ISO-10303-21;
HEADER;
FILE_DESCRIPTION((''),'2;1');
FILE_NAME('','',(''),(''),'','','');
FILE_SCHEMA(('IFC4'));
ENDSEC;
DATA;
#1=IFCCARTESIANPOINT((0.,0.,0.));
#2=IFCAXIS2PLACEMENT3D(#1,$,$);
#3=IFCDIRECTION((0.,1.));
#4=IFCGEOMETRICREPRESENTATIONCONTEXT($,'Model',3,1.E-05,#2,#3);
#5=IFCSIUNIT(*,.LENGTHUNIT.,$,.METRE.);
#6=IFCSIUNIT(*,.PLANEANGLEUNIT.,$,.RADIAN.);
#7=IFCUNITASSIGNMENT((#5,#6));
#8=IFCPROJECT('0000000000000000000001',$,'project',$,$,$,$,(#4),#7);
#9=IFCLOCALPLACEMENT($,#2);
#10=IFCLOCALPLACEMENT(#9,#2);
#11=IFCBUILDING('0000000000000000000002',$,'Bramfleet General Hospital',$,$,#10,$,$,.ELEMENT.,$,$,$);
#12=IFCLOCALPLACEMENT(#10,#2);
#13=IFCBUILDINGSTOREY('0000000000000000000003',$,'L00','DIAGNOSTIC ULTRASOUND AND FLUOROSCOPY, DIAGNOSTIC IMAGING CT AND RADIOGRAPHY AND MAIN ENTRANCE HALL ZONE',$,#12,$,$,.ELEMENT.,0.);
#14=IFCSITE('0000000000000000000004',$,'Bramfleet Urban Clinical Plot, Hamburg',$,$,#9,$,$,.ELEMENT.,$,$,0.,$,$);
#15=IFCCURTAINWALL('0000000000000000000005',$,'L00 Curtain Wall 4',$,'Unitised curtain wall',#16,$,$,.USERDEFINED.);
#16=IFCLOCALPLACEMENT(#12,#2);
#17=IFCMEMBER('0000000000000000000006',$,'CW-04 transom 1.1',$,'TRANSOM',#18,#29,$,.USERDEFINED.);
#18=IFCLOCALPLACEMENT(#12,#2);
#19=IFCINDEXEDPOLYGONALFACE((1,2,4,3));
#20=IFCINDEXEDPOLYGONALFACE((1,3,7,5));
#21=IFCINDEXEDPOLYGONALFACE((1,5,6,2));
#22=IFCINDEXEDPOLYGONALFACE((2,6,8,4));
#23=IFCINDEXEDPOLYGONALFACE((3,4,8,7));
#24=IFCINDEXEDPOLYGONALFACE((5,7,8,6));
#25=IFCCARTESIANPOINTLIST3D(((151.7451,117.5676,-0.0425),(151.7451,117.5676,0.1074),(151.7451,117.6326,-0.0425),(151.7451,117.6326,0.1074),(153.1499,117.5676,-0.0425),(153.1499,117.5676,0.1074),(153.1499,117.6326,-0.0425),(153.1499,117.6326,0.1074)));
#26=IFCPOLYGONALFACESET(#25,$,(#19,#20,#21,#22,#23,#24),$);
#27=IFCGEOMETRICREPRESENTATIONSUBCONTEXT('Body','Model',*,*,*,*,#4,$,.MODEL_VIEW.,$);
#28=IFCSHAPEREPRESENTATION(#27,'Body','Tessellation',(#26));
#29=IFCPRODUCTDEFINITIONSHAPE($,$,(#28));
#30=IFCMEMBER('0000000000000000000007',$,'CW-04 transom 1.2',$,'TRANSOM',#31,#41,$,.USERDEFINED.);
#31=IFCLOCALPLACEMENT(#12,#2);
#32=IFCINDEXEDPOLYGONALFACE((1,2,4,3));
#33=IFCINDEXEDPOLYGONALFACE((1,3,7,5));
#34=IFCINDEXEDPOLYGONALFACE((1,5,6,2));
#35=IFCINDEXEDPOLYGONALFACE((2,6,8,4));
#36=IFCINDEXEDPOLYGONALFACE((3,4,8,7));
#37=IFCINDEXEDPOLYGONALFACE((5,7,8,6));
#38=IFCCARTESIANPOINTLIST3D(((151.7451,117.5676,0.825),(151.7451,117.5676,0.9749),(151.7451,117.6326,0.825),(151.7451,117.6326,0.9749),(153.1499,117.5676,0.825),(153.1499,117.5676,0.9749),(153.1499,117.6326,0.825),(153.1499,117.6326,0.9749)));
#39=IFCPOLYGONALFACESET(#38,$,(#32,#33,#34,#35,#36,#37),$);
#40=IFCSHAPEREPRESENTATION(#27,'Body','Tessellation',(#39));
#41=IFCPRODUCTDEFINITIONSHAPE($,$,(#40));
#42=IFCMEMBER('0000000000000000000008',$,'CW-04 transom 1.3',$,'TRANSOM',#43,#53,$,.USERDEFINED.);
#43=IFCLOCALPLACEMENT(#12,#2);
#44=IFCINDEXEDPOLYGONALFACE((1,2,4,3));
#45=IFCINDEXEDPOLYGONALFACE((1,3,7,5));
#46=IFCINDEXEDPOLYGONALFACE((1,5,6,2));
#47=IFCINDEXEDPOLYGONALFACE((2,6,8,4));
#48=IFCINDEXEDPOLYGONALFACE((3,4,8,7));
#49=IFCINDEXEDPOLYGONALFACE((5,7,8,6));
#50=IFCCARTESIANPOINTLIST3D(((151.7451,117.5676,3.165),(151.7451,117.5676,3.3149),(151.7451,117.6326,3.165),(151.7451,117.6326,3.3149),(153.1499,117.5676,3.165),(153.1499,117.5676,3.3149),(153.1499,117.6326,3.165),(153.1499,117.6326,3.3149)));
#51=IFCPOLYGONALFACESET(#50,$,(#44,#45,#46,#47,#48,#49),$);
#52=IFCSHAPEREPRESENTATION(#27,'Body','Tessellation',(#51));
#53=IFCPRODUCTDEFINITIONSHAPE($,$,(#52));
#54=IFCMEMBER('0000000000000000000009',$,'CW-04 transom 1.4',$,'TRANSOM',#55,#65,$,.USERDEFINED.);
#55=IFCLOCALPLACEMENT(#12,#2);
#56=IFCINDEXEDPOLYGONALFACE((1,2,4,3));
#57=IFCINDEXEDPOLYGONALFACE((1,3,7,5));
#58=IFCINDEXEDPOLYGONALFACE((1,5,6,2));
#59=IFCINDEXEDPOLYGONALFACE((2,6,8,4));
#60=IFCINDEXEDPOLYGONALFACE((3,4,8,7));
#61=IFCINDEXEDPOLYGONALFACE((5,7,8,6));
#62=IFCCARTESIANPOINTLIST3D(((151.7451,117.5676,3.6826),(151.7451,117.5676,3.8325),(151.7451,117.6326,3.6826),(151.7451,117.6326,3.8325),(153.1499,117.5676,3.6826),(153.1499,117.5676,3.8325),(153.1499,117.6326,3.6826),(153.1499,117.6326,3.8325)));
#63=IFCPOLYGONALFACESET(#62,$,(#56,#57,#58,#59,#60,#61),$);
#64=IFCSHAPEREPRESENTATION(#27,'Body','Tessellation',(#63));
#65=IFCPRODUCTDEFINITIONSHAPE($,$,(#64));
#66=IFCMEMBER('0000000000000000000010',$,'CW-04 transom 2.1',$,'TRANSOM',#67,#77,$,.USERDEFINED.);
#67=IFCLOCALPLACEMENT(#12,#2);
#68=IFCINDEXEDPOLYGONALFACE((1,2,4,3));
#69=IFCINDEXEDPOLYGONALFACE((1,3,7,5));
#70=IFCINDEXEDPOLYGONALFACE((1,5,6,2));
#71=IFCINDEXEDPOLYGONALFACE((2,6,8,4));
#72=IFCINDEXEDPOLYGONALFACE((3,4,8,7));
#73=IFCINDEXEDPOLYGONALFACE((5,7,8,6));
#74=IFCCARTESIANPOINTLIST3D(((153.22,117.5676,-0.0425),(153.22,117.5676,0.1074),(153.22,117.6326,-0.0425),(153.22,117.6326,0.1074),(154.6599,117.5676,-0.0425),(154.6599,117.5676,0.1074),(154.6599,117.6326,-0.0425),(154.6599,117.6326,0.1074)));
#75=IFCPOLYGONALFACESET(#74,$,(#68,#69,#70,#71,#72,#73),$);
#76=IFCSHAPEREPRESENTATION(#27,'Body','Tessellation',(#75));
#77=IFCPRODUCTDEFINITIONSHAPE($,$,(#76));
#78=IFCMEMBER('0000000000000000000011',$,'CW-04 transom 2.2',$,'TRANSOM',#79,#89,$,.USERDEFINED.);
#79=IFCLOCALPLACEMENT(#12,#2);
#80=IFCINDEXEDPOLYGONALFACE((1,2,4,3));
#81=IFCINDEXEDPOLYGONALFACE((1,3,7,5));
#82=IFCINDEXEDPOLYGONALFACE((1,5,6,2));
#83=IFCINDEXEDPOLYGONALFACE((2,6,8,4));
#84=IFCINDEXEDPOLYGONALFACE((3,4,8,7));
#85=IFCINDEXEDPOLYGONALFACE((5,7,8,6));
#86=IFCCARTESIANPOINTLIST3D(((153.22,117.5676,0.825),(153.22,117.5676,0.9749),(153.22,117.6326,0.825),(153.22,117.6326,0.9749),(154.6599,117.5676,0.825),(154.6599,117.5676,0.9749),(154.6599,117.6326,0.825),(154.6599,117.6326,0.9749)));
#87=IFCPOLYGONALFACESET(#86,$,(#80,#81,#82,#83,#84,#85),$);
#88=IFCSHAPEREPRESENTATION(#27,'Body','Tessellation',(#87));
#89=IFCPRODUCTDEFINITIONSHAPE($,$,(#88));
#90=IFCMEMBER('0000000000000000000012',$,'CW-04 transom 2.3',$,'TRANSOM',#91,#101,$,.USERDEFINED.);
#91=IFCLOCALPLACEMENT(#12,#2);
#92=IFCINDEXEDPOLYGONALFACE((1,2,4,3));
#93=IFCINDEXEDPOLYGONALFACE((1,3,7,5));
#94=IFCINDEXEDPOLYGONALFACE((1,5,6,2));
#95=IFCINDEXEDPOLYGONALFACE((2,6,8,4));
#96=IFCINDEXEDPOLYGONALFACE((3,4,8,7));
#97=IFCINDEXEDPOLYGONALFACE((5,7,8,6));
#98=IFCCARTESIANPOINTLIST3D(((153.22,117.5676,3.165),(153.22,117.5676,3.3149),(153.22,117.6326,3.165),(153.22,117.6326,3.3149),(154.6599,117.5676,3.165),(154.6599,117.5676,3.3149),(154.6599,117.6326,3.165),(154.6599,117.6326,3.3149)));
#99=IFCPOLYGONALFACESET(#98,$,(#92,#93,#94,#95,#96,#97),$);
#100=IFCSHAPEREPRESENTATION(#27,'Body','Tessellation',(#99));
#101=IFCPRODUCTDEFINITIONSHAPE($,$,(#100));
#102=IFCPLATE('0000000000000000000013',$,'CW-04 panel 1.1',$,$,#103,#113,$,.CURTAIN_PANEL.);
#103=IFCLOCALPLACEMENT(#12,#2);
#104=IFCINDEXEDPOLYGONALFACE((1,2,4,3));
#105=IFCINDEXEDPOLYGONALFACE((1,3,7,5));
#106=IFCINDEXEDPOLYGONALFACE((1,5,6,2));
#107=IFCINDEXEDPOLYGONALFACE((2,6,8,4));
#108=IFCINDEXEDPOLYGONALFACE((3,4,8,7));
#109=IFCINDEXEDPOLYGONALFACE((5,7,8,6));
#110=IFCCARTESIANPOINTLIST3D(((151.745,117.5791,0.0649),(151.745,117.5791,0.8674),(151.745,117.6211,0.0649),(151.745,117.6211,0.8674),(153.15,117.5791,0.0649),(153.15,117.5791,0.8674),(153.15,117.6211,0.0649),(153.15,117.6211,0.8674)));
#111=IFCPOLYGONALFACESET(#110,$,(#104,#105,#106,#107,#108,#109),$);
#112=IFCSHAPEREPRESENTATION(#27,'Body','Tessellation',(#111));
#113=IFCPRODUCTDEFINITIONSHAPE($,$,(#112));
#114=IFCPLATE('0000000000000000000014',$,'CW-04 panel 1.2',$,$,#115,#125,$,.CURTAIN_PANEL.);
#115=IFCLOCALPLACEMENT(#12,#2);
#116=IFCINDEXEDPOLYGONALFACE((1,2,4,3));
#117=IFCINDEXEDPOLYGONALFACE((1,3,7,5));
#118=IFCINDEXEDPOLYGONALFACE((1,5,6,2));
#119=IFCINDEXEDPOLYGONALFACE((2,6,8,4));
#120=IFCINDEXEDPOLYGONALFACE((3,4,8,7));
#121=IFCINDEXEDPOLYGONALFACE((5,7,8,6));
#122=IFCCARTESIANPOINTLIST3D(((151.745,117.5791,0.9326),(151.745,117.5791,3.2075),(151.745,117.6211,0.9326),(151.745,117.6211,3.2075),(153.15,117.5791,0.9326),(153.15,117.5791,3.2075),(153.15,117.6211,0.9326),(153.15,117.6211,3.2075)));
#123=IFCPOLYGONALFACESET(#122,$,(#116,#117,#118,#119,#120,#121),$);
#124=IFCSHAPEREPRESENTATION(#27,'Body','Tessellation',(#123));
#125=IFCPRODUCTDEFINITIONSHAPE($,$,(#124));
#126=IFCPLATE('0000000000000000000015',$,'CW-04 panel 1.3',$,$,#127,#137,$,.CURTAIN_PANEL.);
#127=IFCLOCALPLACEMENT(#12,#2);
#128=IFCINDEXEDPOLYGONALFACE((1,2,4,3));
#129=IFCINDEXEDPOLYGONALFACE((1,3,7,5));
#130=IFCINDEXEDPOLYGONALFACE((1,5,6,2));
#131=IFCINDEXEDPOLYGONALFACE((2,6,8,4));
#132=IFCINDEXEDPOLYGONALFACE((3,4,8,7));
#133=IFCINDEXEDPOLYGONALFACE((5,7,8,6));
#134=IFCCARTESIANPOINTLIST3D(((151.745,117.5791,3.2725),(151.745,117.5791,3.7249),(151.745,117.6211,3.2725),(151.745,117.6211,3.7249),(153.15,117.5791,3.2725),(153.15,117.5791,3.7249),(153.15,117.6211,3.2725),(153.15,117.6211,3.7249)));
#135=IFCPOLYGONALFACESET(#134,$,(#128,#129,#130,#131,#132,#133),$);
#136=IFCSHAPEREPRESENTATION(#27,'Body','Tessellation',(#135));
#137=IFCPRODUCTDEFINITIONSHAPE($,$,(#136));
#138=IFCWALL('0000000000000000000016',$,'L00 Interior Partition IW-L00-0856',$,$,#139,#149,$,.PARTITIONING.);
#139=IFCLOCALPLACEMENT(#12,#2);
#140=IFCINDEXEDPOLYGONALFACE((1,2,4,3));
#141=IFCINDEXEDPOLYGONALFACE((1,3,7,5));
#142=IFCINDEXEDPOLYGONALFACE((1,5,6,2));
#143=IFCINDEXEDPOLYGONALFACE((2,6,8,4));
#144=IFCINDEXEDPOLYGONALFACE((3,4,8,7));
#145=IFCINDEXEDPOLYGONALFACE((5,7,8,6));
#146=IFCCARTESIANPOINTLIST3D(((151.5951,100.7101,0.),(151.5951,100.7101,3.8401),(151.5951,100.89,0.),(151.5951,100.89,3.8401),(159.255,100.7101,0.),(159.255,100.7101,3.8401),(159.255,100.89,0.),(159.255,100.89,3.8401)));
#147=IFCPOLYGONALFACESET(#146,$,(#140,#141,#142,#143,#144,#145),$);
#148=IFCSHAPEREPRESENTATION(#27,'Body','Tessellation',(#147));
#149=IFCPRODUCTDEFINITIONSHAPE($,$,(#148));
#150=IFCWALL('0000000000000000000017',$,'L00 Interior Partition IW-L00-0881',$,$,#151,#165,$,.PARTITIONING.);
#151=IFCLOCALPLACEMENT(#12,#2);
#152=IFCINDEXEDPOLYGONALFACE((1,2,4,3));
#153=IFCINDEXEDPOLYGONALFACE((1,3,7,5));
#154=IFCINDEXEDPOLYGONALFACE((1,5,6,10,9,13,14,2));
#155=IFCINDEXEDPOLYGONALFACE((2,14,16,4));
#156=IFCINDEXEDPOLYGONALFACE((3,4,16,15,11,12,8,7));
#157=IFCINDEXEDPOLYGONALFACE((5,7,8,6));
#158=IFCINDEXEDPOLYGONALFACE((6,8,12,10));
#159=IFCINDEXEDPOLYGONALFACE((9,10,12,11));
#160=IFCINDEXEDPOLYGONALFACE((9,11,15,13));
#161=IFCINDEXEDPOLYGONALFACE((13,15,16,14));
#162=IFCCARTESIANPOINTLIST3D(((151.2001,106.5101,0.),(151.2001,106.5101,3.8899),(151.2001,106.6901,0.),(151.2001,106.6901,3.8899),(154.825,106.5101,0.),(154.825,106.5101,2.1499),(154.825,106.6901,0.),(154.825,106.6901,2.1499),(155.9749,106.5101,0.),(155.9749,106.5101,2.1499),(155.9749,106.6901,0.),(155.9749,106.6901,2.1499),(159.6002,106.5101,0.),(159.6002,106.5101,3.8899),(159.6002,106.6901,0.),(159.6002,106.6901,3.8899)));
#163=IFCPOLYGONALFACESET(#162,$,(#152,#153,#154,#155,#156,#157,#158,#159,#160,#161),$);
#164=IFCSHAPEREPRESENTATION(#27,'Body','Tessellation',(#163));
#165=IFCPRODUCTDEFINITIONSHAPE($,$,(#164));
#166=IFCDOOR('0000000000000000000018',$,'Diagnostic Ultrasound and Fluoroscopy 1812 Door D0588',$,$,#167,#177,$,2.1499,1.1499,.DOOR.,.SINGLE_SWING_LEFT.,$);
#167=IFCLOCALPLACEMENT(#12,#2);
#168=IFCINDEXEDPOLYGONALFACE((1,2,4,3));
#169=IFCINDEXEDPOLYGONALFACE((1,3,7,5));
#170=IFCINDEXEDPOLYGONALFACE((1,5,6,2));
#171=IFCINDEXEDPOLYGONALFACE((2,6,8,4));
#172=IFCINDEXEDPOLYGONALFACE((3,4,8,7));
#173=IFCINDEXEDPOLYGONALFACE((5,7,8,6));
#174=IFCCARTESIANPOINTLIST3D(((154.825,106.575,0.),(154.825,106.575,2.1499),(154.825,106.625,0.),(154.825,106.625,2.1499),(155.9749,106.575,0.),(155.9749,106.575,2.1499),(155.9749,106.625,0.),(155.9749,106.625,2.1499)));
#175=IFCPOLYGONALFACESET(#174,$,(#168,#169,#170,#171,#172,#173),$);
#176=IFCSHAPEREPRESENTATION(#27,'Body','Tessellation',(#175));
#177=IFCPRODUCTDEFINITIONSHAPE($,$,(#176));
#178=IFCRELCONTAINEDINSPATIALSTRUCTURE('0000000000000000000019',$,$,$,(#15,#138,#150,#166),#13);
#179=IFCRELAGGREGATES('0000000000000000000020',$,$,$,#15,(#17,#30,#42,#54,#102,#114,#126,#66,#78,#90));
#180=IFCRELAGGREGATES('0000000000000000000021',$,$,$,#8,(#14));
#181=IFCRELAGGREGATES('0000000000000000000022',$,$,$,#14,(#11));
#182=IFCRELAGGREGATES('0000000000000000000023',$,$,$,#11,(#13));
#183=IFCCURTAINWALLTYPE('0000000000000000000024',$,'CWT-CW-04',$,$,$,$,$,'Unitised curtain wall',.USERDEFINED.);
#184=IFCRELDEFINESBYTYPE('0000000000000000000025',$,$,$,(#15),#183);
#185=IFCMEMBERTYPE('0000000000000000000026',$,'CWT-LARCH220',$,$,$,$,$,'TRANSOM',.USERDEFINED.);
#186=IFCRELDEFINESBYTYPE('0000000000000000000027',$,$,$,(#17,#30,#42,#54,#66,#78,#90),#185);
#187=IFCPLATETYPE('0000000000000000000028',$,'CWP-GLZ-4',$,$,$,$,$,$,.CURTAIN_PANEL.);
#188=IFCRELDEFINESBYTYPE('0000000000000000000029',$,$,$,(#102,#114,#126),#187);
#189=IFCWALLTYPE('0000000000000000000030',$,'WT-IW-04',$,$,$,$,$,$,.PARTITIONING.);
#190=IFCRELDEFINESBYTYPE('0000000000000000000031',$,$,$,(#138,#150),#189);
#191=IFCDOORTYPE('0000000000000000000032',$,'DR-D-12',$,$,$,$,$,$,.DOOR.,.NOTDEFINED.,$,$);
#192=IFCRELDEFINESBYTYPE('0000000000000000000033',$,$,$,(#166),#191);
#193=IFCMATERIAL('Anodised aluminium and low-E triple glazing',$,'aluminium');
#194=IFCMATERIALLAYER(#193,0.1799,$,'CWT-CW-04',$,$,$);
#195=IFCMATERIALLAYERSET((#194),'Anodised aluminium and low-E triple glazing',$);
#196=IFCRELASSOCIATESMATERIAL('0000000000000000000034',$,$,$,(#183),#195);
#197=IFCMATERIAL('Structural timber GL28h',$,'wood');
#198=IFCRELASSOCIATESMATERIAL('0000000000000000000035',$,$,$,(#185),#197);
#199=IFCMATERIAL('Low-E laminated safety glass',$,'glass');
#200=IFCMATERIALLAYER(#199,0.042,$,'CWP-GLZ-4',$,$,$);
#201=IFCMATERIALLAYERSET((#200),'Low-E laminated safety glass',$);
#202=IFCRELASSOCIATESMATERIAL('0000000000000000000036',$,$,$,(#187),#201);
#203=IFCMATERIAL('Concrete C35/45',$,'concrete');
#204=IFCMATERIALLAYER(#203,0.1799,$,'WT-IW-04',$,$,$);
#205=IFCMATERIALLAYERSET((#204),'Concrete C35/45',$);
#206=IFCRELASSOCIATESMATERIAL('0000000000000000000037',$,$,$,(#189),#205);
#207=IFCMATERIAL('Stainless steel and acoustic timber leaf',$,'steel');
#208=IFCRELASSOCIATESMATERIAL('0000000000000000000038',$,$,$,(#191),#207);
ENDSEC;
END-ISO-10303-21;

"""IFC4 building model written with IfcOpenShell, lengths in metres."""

from ifc_helpers import new_model, si_unit, direction, frame, frame_2d, origin, origin_2d, place, context, subcontext, project, spatial, rectangle, extrude, material, layer, layer_set, material_profile, profile_set, type_object, element, fill, aggregate, save


model = new_model("IFC4")

# Units and contexts
model_context = context("Model", 3, precision=1e-05, world=origin(), true_north=direction((0.0, 1.0)))
body_context = subcontext(model_context, "Body", "Model", "MODEL_VIEW")
ifc_project = project(units=[si_unit("LENGTHUNIT", "METRE"), si_unit("PLANEANGLEUNIT", "RADIAN")], contexts=[model_context])

# Site, building, storey
site_placement = place(None, origin())
site = spatial("IfcSite", under=ifc_project, at=site_placement, Name="Bramfleet Urban Clinical Plot, Hamburg", CompositionType="ELEMENT", RefElevation=0.0)
building_placement = place(site_placement, origin())
building = spatial("IfcBuilding", under=site, at=building_placement, Name="Bramfleet General Hospital", CompositionType="ELEMENT")
storey_placement = place(building_placement, origin())
storey = spatial("IfcBuildingStorey", under=building, at=storey_placement, Name="L00", Description="DIAGNOSTIC ULTRASOUND AND FLUOROSCOPY, DIAGNOSTIC IMAGING CT AND RADIOGRAPHY AND MAIN ENTRANCE HALL ZONE", CompositionType="ELEMENT", Elevation=0.0)

# Shared definitions
ifc_material_1 = material(Name="Concrete C35/45", Category="concrete")

# Curtain wall, members, plates
ifc_material_2 = material(Name="Anodised aluminium and low-E triple glazing", Category="aluminium")
ifc_layer_1 = layer(ifc_material_2, 0.1799, Name="CWT-CW-04")
ifc_layer_set_1 = layer_set([ifc_layer_1], Name="Anodised aluminium and low-E triple glazing")
curtain_wall_type = type_object("IfcCurtainWallType", Name="CWT-CW-04", ElementType="Unitised curtain wall", PredefinedType="USERDEFINED", material=ifc_layer_set_1)
curtain_wall_placement = place(storey_placement, origin())
curtain_wall = element("IfcCurtainWall", 1, at=curtain_wall_placement, inside=storey, type_object=curtain_wall_type, Name="L00 Curtain Wall 4", ObjectType="Unitised curtain wall", PredefinedType="USERDEFINED")
ifc_material_3 = material(Name="Structural timber GL28h", Category="wood")
ifc_material_profile_1 = material_profile(ifc_material_3, rectangle(XDim=0.0649, YDim=0.1499, at=origin_2d()), Name="LARCH 150x65")
ifc_profile_set_1 = profile_set([ifc_material_profile_1], Name="Structural timber GL28h")
member_type_1 = type_object("IfcMemberType", Name="CWT-LARCH220", ElementType="TRANSOM", PredefinedType="USERDEFINED", material=ifc_profile_set_1)
member_1_placement = place(storey_placement, frame((151.7451, 117.6001, 0.0325), z_axis=(1.0, 0.0, 0.0), x_axis=(0.0, 1.0, 0.0)))
member_1 = element("IfcMember", 2, at=member_1_placement, type_object=member_type_1, Name="CW-04 transom 1.1", ObjectType="TRANSOM", PredefinedType="USERDEFINED", context=body_context, shape_type="SweptSolid", body=[
    extrude(rectangle(XDim=0.0649, YDim=0.1499, at=origin_2d()), origin(), (0.0, 0.0, 1.0), 1.4048),
])
member_2_placement = place(storey_placement, frame((151.7451, 117.6001, 0.8999), z_axis=(1.0, 0.0, 0.0), x_axis=(0.0, 1.0, 0.0)))
member_2 = element("IfcMember", 3, at=member_2_placement, type_object=member_type_1, Name="CW-04 transom 1.2", ObjectType="TRANSOM", PredefinedType="USERDEFINED", context=body_context, shape_type="SweptSolid", body=[
    extrude(rectangle(XDim=0.0649, YDim=0.1499, at=origin_2d()), origin(), (0.0, 0.0, 1.0), 1.4048),
])
member_3_placement = place(storey_placement, frame((151.7451, 117.6001, 3.24), z_axis=(1.0, 0.0, 0.0), x_axis=(0.0, 1.0, 0.0)))
member_3 = element("IfcMember", 4, at=member_3_placement, type_object=member_type_1, Name="CW-04 transom 1.3", ObjectType="TRANSOM", PredefinedType="USERDEFINED", context=body_context, shape_type="SweptSolid", body=[
    extrude(rectangle(XDim=0.0649, YDim=0.1499, at=origin_2d()), origin(), (0.0, 0.0, 1.0), 1.4048),
])
member_4_placement = place(storey_placement, frame((151.7451, 117.6001, 3.7576), z_axis=(1.0, 0.0, 0.0), x_axis=(0.0, 1.0, 0.0)))
member_4 = element("IfcMember", 5, at=member_4_placement, type_object=member_type_1, Name="CW-04 transom 1.4", ObjectType="TRANSOM", PredefinedType="USERDEFINED", context=body_context, shape_type="SweptSolid", body=[
    extrude(rectangle(XDim=0.0649, YDim=0.1499, at=origin_2d()), origin(), (0.0, 0.0, 1.0), 1.4048),
])
member_5_placement = place(storey_placement, frame((153.22, 117.6001, 0.0325), z_axis=(1.0, 0.0, 0.0), x_axis=(0.0, 1.0, 0.0)))
member_5 = element("IfcMember", 6, at=member_5_placement, type_object=member_type_1, Name="CW-04 transom 2.1", ObjectType="TRANSOM", PredefinedType="USERDEFINED", context=body_context, shape_type="SweptSolid", body=[
    extrude(rectangle(XDim=0.0649, YDim=0.1499, at=origin_2d()), origin(), (0.0, 0.0, 1.0), 1.4399),
])
member_6_placement = place(storey_placement, frame((153.22, 117.6001, 0.8999), z_axis=(1.0, 0.0, 0.0), x_axis=(0.0, 1.0, 0.0)))
member_6 = element("IfcMember", 7, at=member_6_placement, type_object=member_type_1, Name="CW-04 transom 2.2", ObjectType="TRANSOM", PredefinedType="USERDEFINED", context=body_context, shape_type="SweptSolid", body=[
    extrude(rectangle(XDim=0.0649, YDim=0.1499, at=origin_2d()), origin(), (0.0, 0.0, 1.0), 1.4399),
])
member_7_placement = place(storey_placement, frame((153.22, 117.6001, 3.24), z_axis=(1.0, 0.0, 0.0), x_axis=(0.0, 1.0, 0.0)))
member_7 = element("IfcMember", 8, at=member_7_placement, type_object=member_type_1, Name="CW-04 transom 2.3", ObjectType="TRANSOM", PredefinedType="USERDEFINED", context=body_context, shape_type="SweptSolid", body=[
    extrude(rectangle(XDim=0.0649, YDim=0.1499, at=origin_2d()), origin(), (0.0, 0.0, 1.0), 1.4399),
])
ifc_material_4 = material(Name="Low-E laminated safety glass", Category="glass")
ifc_layer_2 = layer(ifc_material_4, 0.042, Name="CWP-GLZ-4")
ifc_layer_set_2 = layer_set([ifc_layer_2], Name="Low-E laminated safety glass")
plate_type = type_object("IfcPlateType", Name="CWP-GLZ-4", PredefinedType="CURTAIN_PANEL", material=ifc_layer_set_2)
plate_1_placement = place(storey_placement, frame((152.4475, 117.6001, 0.0649), z_axis=(0.0, 0.0, 1.0), x_axis=(1.0, 0.0, 0.0)))
plate_1 = element("IfcPlate", 9, at=plate_1_placement, type_object=plate_type, Name="CW-04 panel 1.1", PredefinedType="CURTAIN_PANEL", context=body_context, shape_type="SweptSolid", body=[
    extrude(rectangle(XDim=1.405, YDim=0.042, at=origin_2d()), origin(), (0.0, 0.0, 1.0), 0.8025),
])
plate_2_placement = place(storey_placement, frame((152.4475, 117.6001, 0.9326), z_axis=(0.0, 0.0, 1.0), x_axis=(1.0, 0.0, 0.0)))
plate_2 = element("IfcPlate", 10, at=plate_2_placement, type_object=plate_type, Name="CW-04 panel 1.2", PredefinedType="CURTAIN_PANEL", context=body_context, shape_type="SweptSolid", body=[
    extrude(rectangle(XDim=1.405, YDim=0.042, at=origin_2d()), origin(), (0.0, 0.0, 1.0), 2.2749),
])
plate_3_placement = place(storey_placement, frame((152.4475, 117.6001, 3.2725), z_axis=(0.0, 0.0, 1.0), x_axis=(1.0, 0.0, 0.0)))
plate_3 = element("IfcPlate", 11, at=plate_3_placement, type_object=plate_type, Name="CW-04 panel 1.3", PredefinedType="CURTAIN_PANEL", context=body_context, shape_type="SweptSolid", body=[
    extrude(rectangle(XDim=1.405, YDim=0.042, at=origin_2d()), origin(), (0.0, 0.0, 1.0), 0.4524),
])
aggregate(curtain_wall, [member_1, member_2, member_3, member_4, plate_1, plate_2, plate_3, member_5, member_6, member_7])

# Wall
ifc_layer_3 = layer(ifc_material_1, 0.1799, Name="WT-IW-04")
ifc_layer_set_3 = layer_set([ifc_layer_3], Name="Concrete C35/45")
wall_type_1 = type_object("IfcWallType", Name="WT-IW-04", PredefinedType="PARTITIONING", material=ifc_layer_set_3)
wall_1_placement = place(storey_placement, frame((151.595, 100.8, 0.0), z_axis=(0.0, 0.0, 1.0), x_axis=(1.0, 0.0, 0.0)))
element("IfcWall", 12, at=wall_1_placement, inside=storey, type_object=wall_type_1, Name="L00 Interior Partition IW-L00-0856", PredefinedType="PARTITIONING", context=body_context, shape_type="SweptSolid", body=[
    extrude(rectangle(XDim=7.6599, YDim=0.1799, at=frame_2d((3.8301, 0.0))), origin(), (0.0, 0.0, 1.0), 3.8401),
])

# Wall, opening, door
wall_2_placement = place(storey_placement, frame((151.2, 106.6001, 0.0), z_axis=(0.0, 0.0, 1.0), x_axis=(1.0, 0.0, 0.0)))
wall_2 = element("IfcWall", 13, at=wall_2_placement, inside=storey, type_object=wall_type_1, Name="L00 Interior Partition IW-L00-0881", PredefinedType="PARTITIONING", context=body_context, shape_type="SweptSolid", body=[
    extrude(rectangle(XDim=8.4001, YDim=0.1799, at=frame_2d((4.2002, 0.0))), origin(), (0.0, 0.0, 1.0), 3.8899),
])
opening_1_placement = place(wall_2_placement, frame((3.625, 0.0, 0.0)))
opening_1 = element("IfcOpeningElement", 14, at=opening_1_placement, cuts=wall_2, PredefinedType="OPENING", context=body_context, shape_type="SweptSolid", body=[
    extrude(rectangle(XDim=1.1499, YDim=2.1499, at=frame_2d((0.575, 1.075))), frame((0.0, 0.0999, 0.0), z_axis=(0.0, -1.0, 0.0), x_axis=(1.0, 0.0, 0.0)), (0.0, 0.0, 1.0), 0.2),
])
ifc_material_5 = material(Name="Stainless steel and acoustic timber leaf", Category="steel")
door_type_1 = type_object("IfcDoorType", Name="DR-D-12", OperationType="NOTDEFINED", PredefinedType="DOOR", material=ifc_material_5)
door_1_placement = place(opening_1_placement, origin())
door_1 = element("IfcDoor", 15, at=door_1_placement, inside=storey, type_object=door_type_1, Name="Diagnostic Ultrasound and Fluoroscopy 1812 Door D0588", OperationType="SINGLE_SWING_LEFT", OverallHeight=2.1499, OverallWidth=1.1499, PredefinedType="DOOR", context=body_context, shape_type="SweptSolid", body=[
    extrude(rectangle(XDim=1.1499, YDim=2.1499, at=frame_2d((0.575, 1.075))), frame((0.0, 0.0249, 0.0), z_axis=(0.0, -1.0, 0.0), x_axis=(1.0, 0.0, 0.0)), (0.0, 0.0, 1.0), 0.05),
])
fill(opening_1, door_1)

save(model, "model.ifc")
